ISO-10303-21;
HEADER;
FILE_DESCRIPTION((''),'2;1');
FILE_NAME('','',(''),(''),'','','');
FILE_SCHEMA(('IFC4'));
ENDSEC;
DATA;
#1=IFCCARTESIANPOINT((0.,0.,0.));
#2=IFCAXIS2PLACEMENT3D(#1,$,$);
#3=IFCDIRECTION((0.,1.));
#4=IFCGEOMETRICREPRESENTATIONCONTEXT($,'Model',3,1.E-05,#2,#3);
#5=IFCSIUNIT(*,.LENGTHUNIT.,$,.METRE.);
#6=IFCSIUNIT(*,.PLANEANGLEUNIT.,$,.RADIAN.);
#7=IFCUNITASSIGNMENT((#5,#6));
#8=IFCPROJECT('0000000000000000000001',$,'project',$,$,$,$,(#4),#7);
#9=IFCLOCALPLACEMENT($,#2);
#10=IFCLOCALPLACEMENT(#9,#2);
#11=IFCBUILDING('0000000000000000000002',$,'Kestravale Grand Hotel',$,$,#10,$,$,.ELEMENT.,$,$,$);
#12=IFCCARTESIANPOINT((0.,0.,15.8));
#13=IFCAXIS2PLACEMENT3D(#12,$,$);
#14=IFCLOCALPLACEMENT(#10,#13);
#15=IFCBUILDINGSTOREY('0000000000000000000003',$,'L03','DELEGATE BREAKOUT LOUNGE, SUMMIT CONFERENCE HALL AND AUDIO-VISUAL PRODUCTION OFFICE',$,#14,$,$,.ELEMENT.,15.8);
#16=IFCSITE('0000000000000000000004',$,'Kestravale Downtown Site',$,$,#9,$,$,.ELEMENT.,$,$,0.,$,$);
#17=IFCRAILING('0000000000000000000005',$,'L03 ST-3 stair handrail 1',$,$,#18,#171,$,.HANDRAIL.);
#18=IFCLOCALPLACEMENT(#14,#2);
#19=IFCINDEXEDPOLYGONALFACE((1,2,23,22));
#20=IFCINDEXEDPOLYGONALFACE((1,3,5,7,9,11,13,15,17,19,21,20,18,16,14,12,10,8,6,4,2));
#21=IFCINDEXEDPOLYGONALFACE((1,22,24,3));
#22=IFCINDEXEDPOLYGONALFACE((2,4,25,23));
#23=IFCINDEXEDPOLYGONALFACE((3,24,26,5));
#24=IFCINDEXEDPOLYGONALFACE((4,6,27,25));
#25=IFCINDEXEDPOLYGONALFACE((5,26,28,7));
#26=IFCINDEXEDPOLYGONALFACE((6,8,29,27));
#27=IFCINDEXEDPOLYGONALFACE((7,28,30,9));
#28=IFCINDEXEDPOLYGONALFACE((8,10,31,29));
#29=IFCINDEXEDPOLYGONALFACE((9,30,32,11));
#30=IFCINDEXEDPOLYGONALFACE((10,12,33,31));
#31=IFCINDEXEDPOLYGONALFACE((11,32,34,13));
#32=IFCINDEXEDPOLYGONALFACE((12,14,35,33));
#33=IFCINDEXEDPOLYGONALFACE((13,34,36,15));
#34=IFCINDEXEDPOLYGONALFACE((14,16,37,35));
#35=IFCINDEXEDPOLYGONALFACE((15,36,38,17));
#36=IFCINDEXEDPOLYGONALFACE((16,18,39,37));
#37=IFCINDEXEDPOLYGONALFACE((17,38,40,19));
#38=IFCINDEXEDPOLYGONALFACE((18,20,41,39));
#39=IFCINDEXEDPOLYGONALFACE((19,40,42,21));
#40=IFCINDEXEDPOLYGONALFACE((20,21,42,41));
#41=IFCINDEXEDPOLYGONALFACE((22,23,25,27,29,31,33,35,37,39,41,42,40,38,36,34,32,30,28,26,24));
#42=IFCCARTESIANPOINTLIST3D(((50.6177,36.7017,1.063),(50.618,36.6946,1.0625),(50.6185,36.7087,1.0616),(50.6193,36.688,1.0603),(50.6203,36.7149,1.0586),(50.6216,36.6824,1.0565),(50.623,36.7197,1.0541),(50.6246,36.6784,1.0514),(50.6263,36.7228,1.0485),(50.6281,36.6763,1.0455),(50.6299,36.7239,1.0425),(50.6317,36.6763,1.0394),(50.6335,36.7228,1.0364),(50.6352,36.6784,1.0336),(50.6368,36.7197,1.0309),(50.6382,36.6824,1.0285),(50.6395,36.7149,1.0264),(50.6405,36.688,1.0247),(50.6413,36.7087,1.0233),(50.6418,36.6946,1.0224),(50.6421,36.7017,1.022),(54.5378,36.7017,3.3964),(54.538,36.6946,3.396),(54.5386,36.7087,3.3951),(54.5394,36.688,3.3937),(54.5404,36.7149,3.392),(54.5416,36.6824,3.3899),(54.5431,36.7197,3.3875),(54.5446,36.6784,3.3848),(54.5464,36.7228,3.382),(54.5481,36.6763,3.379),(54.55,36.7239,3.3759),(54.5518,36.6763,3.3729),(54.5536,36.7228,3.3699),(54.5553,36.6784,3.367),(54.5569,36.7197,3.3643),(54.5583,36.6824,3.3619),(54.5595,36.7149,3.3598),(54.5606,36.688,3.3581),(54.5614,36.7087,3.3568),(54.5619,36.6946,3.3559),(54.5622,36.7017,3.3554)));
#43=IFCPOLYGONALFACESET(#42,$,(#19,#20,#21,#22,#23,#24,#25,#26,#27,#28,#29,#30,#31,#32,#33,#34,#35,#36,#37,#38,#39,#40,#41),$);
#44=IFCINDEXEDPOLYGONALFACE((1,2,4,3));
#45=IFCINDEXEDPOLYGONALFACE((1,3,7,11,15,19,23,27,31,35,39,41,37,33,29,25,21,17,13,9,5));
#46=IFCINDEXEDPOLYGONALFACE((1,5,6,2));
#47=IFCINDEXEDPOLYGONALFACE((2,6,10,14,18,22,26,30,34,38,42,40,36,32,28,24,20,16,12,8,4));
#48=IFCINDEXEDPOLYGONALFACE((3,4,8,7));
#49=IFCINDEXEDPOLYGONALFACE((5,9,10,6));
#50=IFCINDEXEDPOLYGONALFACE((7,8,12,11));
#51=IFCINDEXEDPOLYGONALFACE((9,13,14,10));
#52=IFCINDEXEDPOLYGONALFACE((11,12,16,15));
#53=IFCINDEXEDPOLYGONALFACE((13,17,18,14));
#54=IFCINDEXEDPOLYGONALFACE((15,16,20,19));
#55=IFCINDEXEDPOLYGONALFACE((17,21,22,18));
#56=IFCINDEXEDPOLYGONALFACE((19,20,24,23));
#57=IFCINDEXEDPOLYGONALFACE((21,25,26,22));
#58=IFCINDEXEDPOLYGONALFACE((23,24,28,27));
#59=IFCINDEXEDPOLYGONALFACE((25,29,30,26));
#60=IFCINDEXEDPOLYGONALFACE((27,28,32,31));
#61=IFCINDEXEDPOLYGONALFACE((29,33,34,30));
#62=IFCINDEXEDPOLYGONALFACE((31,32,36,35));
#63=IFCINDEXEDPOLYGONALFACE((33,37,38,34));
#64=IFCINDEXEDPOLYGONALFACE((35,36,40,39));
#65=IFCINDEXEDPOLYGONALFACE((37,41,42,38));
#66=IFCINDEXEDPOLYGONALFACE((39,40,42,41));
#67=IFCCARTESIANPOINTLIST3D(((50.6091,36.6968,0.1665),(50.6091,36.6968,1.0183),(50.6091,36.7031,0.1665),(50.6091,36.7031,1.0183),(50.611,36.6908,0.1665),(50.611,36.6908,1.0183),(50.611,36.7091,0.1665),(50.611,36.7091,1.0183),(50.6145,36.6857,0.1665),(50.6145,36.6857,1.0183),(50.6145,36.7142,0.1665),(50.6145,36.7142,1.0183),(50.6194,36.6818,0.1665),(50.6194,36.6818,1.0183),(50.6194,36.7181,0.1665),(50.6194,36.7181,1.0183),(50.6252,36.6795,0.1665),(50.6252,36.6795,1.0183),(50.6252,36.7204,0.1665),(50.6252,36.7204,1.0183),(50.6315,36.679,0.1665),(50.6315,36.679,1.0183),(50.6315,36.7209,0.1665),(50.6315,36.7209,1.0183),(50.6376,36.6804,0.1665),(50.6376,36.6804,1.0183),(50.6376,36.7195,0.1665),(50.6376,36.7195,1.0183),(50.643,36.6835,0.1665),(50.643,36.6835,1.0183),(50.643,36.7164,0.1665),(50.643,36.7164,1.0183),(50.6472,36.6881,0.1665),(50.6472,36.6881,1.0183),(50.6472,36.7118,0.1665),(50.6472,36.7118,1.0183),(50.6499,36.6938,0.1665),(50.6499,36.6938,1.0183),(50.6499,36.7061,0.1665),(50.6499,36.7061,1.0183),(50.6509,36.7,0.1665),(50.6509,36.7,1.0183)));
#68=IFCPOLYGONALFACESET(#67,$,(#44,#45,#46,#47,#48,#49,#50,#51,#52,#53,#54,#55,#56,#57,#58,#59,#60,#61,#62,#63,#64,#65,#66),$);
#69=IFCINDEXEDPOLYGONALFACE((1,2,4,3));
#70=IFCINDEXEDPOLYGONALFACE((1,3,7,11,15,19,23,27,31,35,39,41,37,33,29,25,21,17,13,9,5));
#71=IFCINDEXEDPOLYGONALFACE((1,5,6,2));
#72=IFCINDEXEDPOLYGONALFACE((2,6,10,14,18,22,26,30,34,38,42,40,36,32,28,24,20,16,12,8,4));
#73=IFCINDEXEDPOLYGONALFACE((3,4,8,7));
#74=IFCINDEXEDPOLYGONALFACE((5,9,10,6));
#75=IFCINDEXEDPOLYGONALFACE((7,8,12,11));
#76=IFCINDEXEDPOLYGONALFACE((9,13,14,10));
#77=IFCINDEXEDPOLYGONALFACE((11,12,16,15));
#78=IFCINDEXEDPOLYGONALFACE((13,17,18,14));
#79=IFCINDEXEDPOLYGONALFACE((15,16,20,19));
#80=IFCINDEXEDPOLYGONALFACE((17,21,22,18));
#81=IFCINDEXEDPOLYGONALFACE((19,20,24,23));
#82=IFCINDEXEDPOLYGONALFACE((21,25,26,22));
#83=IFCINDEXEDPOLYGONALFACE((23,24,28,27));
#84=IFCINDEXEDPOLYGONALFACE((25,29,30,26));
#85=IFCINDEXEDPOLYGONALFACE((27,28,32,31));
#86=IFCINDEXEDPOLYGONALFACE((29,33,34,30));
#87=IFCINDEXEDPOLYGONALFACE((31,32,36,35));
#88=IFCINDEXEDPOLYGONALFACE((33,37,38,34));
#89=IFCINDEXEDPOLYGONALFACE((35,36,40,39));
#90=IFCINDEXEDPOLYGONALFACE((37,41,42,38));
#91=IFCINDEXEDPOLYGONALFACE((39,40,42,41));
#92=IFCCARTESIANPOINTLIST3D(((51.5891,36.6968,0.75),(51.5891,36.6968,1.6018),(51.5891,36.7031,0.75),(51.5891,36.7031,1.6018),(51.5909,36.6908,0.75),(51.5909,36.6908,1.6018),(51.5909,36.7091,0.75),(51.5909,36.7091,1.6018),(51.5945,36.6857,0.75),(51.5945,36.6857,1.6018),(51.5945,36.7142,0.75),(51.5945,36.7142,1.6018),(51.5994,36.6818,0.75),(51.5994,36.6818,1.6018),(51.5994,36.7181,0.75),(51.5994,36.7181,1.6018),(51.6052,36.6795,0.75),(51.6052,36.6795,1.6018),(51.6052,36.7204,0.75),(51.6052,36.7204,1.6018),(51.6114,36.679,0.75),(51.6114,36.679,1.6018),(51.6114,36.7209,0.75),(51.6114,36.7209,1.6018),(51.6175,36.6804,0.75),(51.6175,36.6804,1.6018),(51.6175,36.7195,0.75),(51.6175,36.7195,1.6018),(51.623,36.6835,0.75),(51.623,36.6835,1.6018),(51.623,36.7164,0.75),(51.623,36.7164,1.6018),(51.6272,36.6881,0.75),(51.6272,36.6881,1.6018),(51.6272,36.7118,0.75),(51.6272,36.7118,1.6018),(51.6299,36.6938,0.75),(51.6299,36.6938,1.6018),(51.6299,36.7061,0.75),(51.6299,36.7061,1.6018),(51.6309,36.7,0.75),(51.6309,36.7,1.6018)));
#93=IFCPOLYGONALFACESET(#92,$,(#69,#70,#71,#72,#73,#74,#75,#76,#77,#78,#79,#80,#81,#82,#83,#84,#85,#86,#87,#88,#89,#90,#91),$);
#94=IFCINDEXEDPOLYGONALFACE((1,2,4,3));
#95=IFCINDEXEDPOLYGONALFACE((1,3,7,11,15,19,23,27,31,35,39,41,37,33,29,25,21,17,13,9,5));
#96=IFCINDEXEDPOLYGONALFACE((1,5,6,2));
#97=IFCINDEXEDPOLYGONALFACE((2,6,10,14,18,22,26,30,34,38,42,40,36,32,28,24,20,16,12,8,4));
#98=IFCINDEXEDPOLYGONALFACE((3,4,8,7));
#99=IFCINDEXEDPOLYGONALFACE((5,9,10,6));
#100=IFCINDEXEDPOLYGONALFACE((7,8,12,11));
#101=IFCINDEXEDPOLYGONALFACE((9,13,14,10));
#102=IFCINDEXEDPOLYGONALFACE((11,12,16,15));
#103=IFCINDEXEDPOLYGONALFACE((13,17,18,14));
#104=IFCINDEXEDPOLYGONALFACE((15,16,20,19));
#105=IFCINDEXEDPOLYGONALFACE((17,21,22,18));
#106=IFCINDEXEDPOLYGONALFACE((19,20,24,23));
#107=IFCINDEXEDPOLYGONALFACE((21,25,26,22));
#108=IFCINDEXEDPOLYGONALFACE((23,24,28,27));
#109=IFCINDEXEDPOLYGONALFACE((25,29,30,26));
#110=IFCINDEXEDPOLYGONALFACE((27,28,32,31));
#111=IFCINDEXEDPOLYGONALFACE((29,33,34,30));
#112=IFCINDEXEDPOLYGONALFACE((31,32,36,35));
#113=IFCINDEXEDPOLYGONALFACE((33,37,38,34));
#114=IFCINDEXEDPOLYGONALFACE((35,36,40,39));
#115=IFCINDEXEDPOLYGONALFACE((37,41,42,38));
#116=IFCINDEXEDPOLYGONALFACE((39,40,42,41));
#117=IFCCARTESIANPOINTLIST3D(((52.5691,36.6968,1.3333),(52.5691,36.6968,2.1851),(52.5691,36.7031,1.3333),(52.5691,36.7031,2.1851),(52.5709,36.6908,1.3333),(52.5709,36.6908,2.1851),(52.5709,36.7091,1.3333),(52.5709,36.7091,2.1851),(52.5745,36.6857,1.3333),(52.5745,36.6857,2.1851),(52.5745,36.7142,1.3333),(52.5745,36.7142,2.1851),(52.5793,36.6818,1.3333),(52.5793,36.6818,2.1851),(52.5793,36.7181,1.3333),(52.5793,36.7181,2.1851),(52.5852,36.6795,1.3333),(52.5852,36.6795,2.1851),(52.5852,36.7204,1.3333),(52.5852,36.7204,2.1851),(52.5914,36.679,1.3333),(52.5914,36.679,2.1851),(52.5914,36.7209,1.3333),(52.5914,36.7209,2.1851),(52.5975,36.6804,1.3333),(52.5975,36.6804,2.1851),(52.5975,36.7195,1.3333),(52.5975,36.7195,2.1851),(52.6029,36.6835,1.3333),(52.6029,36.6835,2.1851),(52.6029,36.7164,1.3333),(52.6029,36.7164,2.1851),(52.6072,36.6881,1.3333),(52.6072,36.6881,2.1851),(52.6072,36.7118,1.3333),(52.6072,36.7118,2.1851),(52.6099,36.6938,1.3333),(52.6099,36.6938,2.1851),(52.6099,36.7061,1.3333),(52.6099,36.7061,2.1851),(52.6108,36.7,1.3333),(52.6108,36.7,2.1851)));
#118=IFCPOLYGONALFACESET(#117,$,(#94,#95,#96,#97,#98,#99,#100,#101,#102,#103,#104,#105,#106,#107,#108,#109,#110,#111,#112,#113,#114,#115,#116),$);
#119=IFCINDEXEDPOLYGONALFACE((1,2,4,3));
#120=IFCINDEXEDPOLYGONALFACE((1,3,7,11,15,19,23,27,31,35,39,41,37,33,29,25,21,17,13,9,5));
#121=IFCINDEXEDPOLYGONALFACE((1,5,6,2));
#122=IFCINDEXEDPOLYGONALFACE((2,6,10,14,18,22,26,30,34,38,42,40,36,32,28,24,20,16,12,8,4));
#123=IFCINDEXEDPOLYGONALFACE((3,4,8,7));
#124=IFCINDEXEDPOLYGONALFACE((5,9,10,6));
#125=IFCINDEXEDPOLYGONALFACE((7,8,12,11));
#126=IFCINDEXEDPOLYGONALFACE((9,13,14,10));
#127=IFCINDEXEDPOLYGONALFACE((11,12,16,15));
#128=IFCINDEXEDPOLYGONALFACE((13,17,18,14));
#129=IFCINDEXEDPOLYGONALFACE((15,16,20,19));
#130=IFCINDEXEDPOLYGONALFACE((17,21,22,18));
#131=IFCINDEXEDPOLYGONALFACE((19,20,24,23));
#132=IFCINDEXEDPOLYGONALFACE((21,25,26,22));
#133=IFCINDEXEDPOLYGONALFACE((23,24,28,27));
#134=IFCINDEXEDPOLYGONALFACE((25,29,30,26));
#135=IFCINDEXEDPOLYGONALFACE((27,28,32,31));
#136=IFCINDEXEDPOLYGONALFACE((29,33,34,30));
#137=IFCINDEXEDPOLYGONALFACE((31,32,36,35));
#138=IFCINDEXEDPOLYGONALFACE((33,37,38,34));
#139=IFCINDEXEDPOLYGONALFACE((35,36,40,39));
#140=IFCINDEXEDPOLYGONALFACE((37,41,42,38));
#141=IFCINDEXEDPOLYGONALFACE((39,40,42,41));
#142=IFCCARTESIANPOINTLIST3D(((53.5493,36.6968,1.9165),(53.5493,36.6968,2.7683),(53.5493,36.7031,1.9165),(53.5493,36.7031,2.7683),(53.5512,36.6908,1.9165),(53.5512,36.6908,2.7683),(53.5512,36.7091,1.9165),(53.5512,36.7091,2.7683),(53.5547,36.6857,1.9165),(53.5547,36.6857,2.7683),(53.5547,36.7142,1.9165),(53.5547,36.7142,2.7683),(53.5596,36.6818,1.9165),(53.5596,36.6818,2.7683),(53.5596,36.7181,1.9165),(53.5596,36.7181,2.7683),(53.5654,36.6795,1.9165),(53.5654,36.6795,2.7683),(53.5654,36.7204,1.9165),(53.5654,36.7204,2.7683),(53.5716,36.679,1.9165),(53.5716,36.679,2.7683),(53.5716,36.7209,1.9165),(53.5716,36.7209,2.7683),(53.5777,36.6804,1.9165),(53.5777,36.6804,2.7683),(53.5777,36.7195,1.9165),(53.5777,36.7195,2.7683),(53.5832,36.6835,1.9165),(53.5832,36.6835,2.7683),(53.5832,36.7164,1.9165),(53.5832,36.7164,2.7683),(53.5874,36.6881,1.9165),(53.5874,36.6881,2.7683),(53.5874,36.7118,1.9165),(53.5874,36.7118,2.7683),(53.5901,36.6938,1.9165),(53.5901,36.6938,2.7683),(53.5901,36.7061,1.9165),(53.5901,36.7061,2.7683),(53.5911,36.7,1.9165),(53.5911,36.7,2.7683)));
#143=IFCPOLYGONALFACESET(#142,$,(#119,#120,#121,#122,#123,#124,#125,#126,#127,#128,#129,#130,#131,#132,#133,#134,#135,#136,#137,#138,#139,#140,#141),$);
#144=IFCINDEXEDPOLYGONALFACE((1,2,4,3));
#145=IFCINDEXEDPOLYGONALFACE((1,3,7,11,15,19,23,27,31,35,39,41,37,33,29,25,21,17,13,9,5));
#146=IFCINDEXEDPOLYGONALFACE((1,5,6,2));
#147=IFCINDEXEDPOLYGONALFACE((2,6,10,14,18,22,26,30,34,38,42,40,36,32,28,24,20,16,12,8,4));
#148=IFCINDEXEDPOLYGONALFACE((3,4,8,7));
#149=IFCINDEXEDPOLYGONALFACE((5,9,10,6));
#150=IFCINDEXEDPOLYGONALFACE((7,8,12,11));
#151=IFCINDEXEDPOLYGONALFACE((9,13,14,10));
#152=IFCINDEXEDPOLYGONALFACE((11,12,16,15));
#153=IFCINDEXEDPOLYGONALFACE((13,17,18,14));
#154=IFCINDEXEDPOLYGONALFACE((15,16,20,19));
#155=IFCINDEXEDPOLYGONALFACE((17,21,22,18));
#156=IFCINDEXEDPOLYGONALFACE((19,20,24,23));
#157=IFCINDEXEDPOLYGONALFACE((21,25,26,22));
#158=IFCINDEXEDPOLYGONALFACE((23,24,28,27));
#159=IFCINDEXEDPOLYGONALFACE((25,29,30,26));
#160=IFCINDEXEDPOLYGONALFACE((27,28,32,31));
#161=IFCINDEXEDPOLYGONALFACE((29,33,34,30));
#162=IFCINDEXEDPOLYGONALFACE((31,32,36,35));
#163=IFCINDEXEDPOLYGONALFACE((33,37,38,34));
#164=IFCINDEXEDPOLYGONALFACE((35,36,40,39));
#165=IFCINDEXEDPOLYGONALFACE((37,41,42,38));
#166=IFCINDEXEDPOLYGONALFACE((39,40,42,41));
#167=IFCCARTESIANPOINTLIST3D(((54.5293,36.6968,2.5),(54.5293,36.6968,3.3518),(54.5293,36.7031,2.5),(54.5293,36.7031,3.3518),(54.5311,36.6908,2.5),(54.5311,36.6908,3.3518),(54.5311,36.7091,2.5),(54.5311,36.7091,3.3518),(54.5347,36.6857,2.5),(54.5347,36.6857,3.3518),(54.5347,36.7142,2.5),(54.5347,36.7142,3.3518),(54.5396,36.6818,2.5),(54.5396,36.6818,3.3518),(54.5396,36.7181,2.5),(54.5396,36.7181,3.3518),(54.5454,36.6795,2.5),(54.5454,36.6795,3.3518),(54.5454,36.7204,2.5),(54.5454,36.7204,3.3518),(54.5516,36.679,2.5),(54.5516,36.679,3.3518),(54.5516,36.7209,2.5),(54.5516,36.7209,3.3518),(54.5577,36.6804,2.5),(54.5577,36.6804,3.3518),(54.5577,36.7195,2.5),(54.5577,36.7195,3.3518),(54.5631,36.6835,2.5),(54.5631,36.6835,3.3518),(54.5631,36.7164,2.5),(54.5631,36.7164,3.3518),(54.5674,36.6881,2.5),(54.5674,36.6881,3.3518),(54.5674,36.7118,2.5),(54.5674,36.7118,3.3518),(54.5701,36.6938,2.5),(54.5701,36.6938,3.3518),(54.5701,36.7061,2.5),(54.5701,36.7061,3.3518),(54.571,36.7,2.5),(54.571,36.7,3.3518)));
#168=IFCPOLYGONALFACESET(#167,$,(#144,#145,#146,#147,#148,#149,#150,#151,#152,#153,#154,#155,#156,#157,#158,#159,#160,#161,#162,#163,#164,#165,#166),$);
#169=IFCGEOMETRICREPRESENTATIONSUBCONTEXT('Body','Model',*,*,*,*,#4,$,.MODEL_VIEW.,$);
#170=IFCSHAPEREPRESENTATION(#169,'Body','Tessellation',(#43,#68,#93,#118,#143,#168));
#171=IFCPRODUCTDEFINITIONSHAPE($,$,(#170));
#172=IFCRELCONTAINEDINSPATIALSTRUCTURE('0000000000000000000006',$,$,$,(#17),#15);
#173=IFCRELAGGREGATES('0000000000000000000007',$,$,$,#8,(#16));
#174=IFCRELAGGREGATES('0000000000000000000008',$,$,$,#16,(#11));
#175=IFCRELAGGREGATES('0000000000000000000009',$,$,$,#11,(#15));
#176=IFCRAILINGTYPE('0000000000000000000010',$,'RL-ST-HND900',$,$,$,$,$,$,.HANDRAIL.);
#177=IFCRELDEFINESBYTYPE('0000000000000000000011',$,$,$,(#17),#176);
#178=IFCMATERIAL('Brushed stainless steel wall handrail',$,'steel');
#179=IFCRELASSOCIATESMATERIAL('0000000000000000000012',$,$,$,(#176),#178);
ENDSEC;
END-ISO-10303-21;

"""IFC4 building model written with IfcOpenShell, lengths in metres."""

from ifc_helpers import new_model, si_unit, direction, frame, origin, origin_2d, place, context, subcontext, project, spatial, circle, extrude, material, type_object, element, save


model = new_model("IFC4")

# Units and contexts
model_context = context("Model", 3, precision=1e-05, world=origin(), true_north=direction((0.0, 1.0)))
body_context = subcontext(model_context, "Body", "Model", "MODEL_VIEW")
ifc_project = project(units=[si_unit("LENGTHUNIT", "METRE"), si_unit("PLANEANGLEUNIT", "RADIAN")], contexts=[model_context])

# Site, building, storey
site_placement = place(None, origin())
site = spatial("IfcSite", under=ifc_project, at=site_placement, Name="Kestravale Downtown Site", CompositionType="ELEMENT", RefElevation=0.0)
building_placement = place(site_placement, origin())
building = spatial("IfcBuilding", under=site, at=building_placement, Name="Kestravale Grand Hotel", CompositionType="ELEMENT")
storey_placement = place(building_placement, frame((0.0, 0.0, 15.8)))
storey = spatial("IfcBuildingStorey", under=building, at=storey_placement, Name="L03", Description="DELEGATE BREAKOUT LOUNGE, SUMMIT CONFERENCE HALL AND AUDIO-VISUAL PRODUCTION OFFICE", CompositionType="ELEMENT", Elevation=15.8)

# Railing
ifc_material_1 = material(Name="Brushed stainless steel wall handrail", Category="steel")
railing_type_1 = type_object("IfcRailingType", Name="RL-ST-HND900", PredefinedType="HANDRAIL", material=ifc_material_1)
railing_1_placement = place(storey_placement, frame((50.6299, 36.7, 0.1665)))
element("IfcRailing", 1, at=railing_1_placement, inside=storey, type_object=railing_type_1, Name="L03 ST-3 stair handrail 1", PredefinedType="HANDRAIL", context=body_context, shape_type="SweptSolid", body=[
    extrude(circle(Radius=0.0239, at=origin_2d()), frame((0.0, 0.0, 0.876), z_axis=(0.859287, 0.0, 0.511494), x_axis=(0.0, 1.0, 0.0)), (0.0, 0.0, 1.0), 4.562),
    extrude(circle(Radius=0.021, at=origin_2d()), origin(), (0.0, 0.0, 1.0), 0.8518),
    extrude(circle(Radius=0.021, at=origin_2d()), frame((0.98, 0.0, 0.5835)), (0.0, 0.0, 1.0), 0.8518),
    extrude(circle(Radius=0.021, at=origin_2d()), frame((1.96, 0.0, 1.1667)), (0.0, 0.0, 1.0), 0.8518),
    extrude(circle(Radius=0.021, at=origin_2d()), frame((2.9402, 0.0, 1.75)), (0.0, 0.0, 1.0), 0.8518),
    extrude(circle(Radius=0.021, at=origin_2d()), frame((3.9202, 0.0, 2.3335)), (0.0, 0.0, 1.0), 0.8518),
])

save(model, "model.ifc")
